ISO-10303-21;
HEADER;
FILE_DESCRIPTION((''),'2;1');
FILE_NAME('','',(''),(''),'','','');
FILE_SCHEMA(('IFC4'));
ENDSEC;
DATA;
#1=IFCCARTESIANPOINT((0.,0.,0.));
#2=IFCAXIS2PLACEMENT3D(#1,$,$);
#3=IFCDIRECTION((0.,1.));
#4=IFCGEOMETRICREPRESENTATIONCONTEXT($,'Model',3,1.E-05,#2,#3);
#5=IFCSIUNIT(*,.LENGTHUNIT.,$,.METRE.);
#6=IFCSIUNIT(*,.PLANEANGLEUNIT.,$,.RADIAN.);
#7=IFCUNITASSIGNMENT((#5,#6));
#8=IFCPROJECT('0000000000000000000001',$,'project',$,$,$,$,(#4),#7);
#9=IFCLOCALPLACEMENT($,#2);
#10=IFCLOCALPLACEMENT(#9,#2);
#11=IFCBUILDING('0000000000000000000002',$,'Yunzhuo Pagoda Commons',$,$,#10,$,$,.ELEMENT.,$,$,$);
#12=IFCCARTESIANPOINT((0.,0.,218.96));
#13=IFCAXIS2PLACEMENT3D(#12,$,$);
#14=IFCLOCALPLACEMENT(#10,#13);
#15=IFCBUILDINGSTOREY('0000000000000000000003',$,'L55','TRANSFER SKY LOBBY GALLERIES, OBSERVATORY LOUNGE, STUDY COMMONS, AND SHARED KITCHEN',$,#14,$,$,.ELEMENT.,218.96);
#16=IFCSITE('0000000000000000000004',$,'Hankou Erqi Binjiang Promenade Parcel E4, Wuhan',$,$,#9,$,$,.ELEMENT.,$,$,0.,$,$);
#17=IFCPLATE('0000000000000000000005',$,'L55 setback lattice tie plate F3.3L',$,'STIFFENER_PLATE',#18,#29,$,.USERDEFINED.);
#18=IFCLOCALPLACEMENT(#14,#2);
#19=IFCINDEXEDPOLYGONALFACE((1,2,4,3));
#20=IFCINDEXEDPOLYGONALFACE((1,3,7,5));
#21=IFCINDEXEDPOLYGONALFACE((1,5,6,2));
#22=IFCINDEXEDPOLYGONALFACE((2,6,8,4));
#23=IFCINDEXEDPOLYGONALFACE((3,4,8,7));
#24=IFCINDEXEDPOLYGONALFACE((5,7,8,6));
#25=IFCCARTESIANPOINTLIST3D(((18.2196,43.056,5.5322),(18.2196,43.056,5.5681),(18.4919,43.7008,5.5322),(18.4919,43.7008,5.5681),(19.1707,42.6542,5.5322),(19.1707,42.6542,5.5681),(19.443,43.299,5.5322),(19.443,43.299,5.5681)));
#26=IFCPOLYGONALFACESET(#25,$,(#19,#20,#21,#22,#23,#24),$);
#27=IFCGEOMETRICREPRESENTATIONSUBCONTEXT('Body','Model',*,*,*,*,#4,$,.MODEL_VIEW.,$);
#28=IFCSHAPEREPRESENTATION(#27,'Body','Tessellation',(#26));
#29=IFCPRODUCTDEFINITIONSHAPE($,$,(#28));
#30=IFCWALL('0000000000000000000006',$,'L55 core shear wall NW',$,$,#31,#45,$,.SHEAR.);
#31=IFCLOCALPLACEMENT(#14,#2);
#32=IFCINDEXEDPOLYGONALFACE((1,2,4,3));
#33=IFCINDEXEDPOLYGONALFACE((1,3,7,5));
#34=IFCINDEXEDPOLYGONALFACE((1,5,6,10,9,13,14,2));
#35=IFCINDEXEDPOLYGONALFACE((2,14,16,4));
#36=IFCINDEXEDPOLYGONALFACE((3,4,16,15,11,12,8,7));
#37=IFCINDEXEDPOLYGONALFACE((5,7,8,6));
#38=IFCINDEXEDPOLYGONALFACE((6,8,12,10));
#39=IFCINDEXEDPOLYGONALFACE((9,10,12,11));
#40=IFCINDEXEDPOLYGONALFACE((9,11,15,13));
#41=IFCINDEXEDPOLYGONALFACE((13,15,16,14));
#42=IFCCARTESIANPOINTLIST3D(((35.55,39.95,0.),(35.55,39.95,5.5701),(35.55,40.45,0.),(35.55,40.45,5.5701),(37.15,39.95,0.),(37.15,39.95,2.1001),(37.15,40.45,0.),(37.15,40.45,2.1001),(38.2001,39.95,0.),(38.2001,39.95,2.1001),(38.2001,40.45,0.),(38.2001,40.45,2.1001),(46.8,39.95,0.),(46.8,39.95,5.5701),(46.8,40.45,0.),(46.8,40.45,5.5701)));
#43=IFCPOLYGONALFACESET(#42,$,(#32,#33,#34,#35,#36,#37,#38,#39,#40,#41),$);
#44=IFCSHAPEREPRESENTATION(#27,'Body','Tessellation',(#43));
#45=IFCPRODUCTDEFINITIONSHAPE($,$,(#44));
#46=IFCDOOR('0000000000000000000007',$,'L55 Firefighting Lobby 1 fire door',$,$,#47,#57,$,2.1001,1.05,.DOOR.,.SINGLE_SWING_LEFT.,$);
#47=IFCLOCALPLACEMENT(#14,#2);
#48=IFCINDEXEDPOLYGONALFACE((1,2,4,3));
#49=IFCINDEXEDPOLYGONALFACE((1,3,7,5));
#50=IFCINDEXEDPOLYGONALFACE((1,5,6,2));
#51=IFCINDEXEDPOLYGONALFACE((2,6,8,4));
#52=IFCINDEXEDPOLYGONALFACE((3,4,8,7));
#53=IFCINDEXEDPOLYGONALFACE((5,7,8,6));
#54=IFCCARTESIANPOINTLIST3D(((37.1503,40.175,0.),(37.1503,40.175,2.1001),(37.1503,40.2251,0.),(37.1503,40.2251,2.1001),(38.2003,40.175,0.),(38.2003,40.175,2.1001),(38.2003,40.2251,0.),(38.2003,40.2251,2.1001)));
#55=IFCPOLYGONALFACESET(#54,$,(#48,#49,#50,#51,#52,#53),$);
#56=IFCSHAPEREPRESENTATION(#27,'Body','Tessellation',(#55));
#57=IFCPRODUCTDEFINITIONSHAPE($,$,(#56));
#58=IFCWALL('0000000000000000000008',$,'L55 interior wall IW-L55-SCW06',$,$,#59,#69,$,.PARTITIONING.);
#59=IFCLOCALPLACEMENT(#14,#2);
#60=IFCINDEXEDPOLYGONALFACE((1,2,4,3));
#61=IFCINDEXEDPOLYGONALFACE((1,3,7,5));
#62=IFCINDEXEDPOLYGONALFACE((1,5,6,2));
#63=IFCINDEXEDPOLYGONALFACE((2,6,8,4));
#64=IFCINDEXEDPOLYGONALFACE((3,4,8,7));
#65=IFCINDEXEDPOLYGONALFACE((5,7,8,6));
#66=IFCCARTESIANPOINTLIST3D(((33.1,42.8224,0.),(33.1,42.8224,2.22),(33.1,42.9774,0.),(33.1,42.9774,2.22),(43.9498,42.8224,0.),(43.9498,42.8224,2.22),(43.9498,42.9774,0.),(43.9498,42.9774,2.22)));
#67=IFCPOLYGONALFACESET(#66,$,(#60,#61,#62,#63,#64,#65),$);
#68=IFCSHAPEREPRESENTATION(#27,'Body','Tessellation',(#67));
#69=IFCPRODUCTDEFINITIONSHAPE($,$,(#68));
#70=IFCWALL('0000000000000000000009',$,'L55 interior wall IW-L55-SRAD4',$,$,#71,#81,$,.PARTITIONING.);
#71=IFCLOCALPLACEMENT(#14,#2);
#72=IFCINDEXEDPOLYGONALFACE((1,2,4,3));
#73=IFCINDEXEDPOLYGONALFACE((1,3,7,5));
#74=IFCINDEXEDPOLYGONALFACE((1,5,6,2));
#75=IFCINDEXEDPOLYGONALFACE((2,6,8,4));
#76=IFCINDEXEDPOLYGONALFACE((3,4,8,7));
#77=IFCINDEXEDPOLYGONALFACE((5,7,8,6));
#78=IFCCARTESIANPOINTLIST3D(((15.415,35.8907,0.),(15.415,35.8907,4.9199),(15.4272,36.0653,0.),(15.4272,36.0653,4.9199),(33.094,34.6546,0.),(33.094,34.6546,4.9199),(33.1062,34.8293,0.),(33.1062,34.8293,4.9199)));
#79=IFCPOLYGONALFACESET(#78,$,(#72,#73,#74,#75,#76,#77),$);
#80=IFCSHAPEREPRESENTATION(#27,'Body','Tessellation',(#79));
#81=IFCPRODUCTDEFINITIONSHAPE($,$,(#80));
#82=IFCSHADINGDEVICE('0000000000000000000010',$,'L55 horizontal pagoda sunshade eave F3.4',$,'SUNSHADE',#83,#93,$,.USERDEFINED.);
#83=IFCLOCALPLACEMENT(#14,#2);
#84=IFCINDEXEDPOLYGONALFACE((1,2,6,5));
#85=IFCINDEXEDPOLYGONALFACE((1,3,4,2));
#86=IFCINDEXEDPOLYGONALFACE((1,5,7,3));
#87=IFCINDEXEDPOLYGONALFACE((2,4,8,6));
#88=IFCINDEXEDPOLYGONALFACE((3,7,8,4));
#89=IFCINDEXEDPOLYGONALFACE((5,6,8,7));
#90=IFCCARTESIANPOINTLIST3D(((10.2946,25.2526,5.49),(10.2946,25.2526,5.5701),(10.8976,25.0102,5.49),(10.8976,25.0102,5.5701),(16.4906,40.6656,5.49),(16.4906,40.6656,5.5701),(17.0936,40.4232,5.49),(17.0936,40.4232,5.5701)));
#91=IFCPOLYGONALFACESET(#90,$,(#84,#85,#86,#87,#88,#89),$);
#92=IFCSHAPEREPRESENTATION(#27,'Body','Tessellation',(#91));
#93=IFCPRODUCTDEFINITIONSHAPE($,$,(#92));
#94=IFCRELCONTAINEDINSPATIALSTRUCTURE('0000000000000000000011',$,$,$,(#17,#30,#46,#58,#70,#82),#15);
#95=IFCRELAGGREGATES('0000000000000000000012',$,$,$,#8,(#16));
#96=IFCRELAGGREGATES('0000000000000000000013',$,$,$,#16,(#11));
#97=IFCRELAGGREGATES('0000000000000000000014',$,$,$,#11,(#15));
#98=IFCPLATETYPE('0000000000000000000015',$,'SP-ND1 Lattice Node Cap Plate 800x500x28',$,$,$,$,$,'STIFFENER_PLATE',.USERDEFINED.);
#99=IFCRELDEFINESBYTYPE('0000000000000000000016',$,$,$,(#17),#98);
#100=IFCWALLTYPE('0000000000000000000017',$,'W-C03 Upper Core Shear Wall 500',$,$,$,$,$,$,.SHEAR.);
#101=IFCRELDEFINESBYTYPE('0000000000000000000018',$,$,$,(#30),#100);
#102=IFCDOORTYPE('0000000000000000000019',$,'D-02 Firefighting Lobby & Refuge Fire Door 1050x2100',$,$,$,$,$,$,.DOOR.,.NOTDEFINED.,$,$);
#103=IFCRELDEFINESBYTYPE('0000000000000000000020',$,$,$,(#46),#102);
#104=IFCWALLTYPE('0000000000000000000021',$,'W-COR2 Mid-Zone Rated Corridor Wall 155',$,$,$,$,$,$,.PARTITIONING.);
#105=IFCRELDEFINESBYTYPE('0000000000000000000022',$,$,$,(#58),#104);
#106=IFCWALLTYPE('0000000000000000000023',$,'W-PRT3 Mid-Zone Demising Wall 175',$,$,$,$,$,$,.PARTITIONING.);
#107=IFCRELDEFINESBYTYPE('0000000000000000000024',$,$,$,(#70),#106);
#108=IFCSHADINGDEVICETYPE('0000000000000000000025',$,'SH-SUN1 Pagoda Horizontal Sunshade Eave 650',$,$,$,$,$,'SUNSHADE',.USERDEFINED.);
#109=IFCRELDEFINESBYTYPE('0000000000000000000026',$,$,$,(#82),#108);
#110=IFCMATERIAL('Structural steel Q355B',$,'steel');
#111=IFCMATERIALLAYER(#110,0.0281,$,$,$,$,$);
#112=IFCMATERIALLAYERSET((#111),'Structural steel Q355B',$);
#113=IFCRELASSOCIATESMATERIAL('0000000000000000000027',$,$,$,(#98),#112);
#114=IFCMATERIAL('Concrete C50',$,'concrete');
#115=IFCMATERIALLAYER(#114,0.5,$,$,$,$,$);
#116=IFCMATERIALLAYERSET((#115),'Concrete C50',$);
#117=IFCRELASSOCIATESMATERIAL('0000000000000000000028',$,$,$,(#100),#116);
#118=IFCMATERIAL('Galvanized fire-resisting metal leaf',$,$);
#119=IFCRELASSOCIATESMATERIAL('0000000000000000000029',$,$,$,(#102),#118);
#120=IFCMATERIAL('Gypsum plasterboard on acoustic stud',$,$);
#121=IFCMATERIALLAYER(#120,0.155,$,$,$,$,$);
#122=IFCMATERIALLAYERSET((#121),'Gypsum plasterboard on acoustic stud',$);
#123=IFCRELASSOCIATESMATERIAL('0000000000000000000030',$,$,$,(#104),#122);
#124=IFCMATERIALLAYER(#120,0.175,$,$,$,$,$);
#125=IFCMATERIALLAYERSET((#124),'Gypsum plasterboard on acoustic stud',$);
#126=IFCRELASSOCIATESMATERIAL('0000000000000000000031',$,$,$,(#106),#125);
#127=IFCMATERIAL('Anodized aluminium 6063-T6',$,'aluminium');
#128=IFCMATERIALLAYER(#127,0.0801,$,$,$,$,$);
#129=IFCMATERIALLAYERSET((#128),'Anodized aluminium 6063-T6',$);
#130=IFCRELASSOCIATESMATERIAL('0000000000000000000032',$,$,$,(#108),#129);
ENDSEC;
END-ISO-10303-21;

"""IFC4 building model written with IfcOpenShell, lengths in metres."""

from ifc_helpers import new_model, si_unit, direction, frame, frame_2d, origin, origin_2d, place, context, subcontext, project, spatial, rectangle, extrude, source, transform, mapped, material, layer, layer_set, type_object, element, fill, save


model = new_model("IFC4")

# Units and contexts
model_context = context("Model", 3, precision=1e-05, world=origin(), true_north=direction((0.0, 1.0)))
body_context = subcontext(model_context, "Body", "Model", "MODEL_VIEW")
ifc_project = project(units=[si_unit("LENGTHUNIT", "METRE"), si_unit("PLANEANGLEUNIT", "RADIAN")], contexts=[model_context])

# Site, building, storey
site_placement = place(None, origin())
site = spatial("IfcSite", under=ifc_project, at=site_placement, Name="Hankou Erqi Binjiang Promenade Parcel E4, Wuhan", CompositionType="ELEMENT", RefElevation=0.0)
building_placement = place(site_placement, origin())
building = spatial("IfcBuilding", under=site, at=building_placement, Name="Yunzhuo Pagoda Commons", CompositionType="ELEMENT")
storey_placement = place(building_placement, frame((0.0, 0.0, 218.96)))
storey = spatial("IfcBuildingStorey", under=building, at=storey_placement, Name="L55", Description="TRANSFER SKY LOBBY GALLERIES, OBSERVATORY LOUNGE, STUDY COMMONS, AND SHARED KITCHEN", CompositionType="ELEMENT", Elevation=218.96)

# Shared definitions
ifc_material_1 = material(Name="Structural steel Q355B", Category="steel")

# Shared definitions
ifc_material_2 = material(Name="Anodized aluminium 6063-T6", Category="aluminium")

# Plate
ifc_layer_1 = layer(ifc_material_1, 0.0281)
ifc_layer_set_1 = layer_set([ifc_layer_1], Name="Structural steel Q355B")
plate_type_1 = type_object("IfcPlateType", Name="SP-ND1 Lattice Node Cap Plate 800x500x28", ElementType="STIFFENER_PLATE", PredefinedType="USERDEFINED", material=ifc_layer_set_1)
shared_shape_1 = source(origin(), body_context, "Body", "SweptSolid", [
    extrude(rectangle(XDim=0.7, YDim=1.0325, at=origin_2d()), origin(), (0.0, 0.0, 1.0), 0.0359),
])
plate_1_placement = place(storey_placement, frame((18.8313, 43.1775, 5.5322), z_axis=(0.0, 0.0, 1.0), x_axis=(-0.389124, -0.921185, 0.0)))
element("IfcPlate", 1, at=plate_1_placement, inside=storey, type_object=plate_type_1, Name="L55 setback lattice tie plate F3.3L", ObjectType="STIFFENER_PLATE", PredefinedType="USERDEFINED", context=body_context, shape_type="MappedRepresentation", body=[
    mapped(shared_shape_1, transform((0.0, 0.0, 0.0), scale=1.0)),
])

# Wall, opening, door
ifc_material_3 = material(Name="Concrete C50", Category="concrete")
ifc_layer_2 = layer(ifc_material_3, 0.5)
ifc_layer_set_2 = layer_set([ifc_layer_2], Name="Concrete C50")
wall_type_1 = type_object("IfcWallType", Name="W-C03 Upper Core Shear Wall 500", PredefinedType="SHEAR", material=ifc_layer_set_2)
wall_1_placement = place(storey_placement, frame((35.55, 40.2, 0.0), z_axis=(0.0, 0.0, 1.0), x_axis=(1.0, 0.0, 0.0)))
wall_1 = element("IfcWall", 2, at=wall_1_placement, inside=storey, type_object=wall_type_1, Name="L55 core shear wall NW", PredefinedType="SHEAR", context=body_context, shape_type="SweptSolid", body=[
    extrude(rectangle(XDim=11.25, YDim=0.5, at=frame_2d((5.625, 0.0))), origin(), (0.0, 0.0, 1.0), 5.5701),
])
opening_placement = place(wall_1_placement, frame((1.6001, 0.0, 0.0)))
opening = element("IfcOpeningElement", 3, at=opening_placement, cuts=wall_1, PredefinedType="OPENING", context=body_context, shape_type="SweptSolid", body=[
    extrude(rectangle(XDim=1.05, YDim=2.1001, at=frame_2d((0.5249, 1.05))), frame((0.0, 0.26, 0.0), z_axis=(0.0, -1.0, 0.0), x_axis=(1.0, 0.0, 0.0)), (0.0, 0.0, 1.0), 0.52),
])
ifc_material_4 = material(Name="Galvanized fire-resisting metal leaf")
door_type = type_object("IfcDoorType", Name="D-02 Firefighting Lobby & Refuge Fire Door 1050x2100", OperationType="NOTDEFINED", PredefinedType="DOOR", material=ifc_material_4)
shared_shape_2 = source(origin(), body_context, "Body", "SweptSolid", [
    extrude(rectangle(XDim=1.05, YDim=2.1001, at=frame_2d((0.5249, 1.05))), frame((0.0, 0.0249, 0.0), z_axis=(0.0, -1.0, 0.0), x_axis=(1.0, 0.0, 0.0)), (0.0, 0.0, 1.0), 0.05),
])
door_placement = place(opening_placement, frame((1.05, 0.0, 0.0), z_axis=(0.0, 0.0, 1.0), x_axis=(-1.0, 0.0, 0.0)))
door = element("IfcDoor", 4, at=door_placement, inside=storey, type_object=door_type, Name="L55 Firefighting Lobby 1 fire door", OperationType="SINGLE_SWING_LEFT", OverallHeight=2.1001, OverallWidth=1.05, PredefinedType="DOOR", context=body_context, shape_type="MappedRepresentation", body=[
    mapped(shared_shape_2, transform((0.0, 0.0, 0.0), scale=1.0)),
])
fill(opening, door)

# Walls
ifc_material_5 = material(Name="Gypsum plasterboard on acoustic stud")
ifc_layer_3 = layer(ifc_material_5, 0.155)
ifc_layer_set_3 = layer_set([ifc_layer_3], Name="Gypsum plasterboard on acoustic stud")
wall_type_2 = type_object("IfcWallType", Name="W-COR2 Mid-Zone Rated Corridor Wall 155", PredefinedType="PARTITIONING", material=ifc_layer_set_3)
wall_2_placement = place(storey_placement, frame((33.1001, 42.8999, 0.0), z_axis=(0.0, 0.0, 1.0), x_axis=(1.0, 0.0, 0.0)))
element("IfcWall", 5, at=wall_2_placement, inside=storey, type_object=wall_type_2, Name="L55 interior wall IW-L55-SCW06", PredefinedType="PARTITIONING", context=body_context, shape_type="SweptSolid", body=[
    extrude(rectangle(XDim=10.8499, YDim=0.155, at=frame_2d((5.4248, 0.0))), origin(), (0.0, 0.0, 1.0), 2.22),
])
ifc_layer_4 = layer(ifc_material_5, 0.175)
ifc_layer_set_4 = layer_set([ifc_layer_4], Name="Gypsum plasterboard on acoustic stud")
wall_type_3 = type_object("IfcWallType", Name="W-PRT3 Mid-Zone Demising Wall 175", PredefinedType="PARTITIONING", material=ifc_layer_set_4)
wall_3_placement = place(storey_placement, frame((33.1001, 34.7419, 0.0), z_axis=(0.0, 0.0, 1.0), x_axis=(-0.997565, 0.069748, 0.0)))
element("IfcWall", 6, at=wall_3_placement, inside=storey, type_object=wall_type_3, Name="L55 interior wall IW-L55-SRAD4", PredefinedType="PARTITIONING", context=body_context, shape_type="SweptSolid", body=[
    extrude(rectangle(XDim=17.7222, YDim=0.175, at=frame_2d((8.8611, 0.0))), origin(), (0.0, 0.0, 1.0), 4.9199),
])

# Shading device
ifc_layer_5 = layer(ifc_material_2, 0.0801)
ifc_layer_set_5 = layer_set([ifc_layer_5], Name="Anodized aluminium 6063-T6")
shading_device_type = type_object("IfcShadingDeviceType", Name="SH-SUN1 Pagoda Horizontal Sunshade Eave 650", ElementType="SUNSHADE", PredefinedType="USERDEFINED", material=ifc_layer_set_5)
shared_shape_3 = source(origin(), body_context, "Body", "SweptSolid", [
    extrude(rectangle(XDim=16.6118, YDim=0.6499, at=origin_2d()), origin(), (0.0, 0.0, 1.0), 0.0801),
])
shading_device_placement = place(storey_placement, frame((13.6941, 32.8379, 5.49), z_axis=(0.0, 0.0, 1.0), x_axis=(-0.372988, -0.927836, 0.0)))
element("IfcShadingDevice", 7, at=shading_device_placement, inside=storey, type_object=shading_device_type, Name="L55 horizontal pagoda sunshade eave F3.4", ObjectType="SUNSHADE", PredefinedType="USERDEFINED", context=body_context, shape_type="MappedRepresentation", body=[
    mapped(shared_shape_3, transform((0.0, 0.0, 0.0), scale=1.0)),
])

save(model, "model.ifc")
